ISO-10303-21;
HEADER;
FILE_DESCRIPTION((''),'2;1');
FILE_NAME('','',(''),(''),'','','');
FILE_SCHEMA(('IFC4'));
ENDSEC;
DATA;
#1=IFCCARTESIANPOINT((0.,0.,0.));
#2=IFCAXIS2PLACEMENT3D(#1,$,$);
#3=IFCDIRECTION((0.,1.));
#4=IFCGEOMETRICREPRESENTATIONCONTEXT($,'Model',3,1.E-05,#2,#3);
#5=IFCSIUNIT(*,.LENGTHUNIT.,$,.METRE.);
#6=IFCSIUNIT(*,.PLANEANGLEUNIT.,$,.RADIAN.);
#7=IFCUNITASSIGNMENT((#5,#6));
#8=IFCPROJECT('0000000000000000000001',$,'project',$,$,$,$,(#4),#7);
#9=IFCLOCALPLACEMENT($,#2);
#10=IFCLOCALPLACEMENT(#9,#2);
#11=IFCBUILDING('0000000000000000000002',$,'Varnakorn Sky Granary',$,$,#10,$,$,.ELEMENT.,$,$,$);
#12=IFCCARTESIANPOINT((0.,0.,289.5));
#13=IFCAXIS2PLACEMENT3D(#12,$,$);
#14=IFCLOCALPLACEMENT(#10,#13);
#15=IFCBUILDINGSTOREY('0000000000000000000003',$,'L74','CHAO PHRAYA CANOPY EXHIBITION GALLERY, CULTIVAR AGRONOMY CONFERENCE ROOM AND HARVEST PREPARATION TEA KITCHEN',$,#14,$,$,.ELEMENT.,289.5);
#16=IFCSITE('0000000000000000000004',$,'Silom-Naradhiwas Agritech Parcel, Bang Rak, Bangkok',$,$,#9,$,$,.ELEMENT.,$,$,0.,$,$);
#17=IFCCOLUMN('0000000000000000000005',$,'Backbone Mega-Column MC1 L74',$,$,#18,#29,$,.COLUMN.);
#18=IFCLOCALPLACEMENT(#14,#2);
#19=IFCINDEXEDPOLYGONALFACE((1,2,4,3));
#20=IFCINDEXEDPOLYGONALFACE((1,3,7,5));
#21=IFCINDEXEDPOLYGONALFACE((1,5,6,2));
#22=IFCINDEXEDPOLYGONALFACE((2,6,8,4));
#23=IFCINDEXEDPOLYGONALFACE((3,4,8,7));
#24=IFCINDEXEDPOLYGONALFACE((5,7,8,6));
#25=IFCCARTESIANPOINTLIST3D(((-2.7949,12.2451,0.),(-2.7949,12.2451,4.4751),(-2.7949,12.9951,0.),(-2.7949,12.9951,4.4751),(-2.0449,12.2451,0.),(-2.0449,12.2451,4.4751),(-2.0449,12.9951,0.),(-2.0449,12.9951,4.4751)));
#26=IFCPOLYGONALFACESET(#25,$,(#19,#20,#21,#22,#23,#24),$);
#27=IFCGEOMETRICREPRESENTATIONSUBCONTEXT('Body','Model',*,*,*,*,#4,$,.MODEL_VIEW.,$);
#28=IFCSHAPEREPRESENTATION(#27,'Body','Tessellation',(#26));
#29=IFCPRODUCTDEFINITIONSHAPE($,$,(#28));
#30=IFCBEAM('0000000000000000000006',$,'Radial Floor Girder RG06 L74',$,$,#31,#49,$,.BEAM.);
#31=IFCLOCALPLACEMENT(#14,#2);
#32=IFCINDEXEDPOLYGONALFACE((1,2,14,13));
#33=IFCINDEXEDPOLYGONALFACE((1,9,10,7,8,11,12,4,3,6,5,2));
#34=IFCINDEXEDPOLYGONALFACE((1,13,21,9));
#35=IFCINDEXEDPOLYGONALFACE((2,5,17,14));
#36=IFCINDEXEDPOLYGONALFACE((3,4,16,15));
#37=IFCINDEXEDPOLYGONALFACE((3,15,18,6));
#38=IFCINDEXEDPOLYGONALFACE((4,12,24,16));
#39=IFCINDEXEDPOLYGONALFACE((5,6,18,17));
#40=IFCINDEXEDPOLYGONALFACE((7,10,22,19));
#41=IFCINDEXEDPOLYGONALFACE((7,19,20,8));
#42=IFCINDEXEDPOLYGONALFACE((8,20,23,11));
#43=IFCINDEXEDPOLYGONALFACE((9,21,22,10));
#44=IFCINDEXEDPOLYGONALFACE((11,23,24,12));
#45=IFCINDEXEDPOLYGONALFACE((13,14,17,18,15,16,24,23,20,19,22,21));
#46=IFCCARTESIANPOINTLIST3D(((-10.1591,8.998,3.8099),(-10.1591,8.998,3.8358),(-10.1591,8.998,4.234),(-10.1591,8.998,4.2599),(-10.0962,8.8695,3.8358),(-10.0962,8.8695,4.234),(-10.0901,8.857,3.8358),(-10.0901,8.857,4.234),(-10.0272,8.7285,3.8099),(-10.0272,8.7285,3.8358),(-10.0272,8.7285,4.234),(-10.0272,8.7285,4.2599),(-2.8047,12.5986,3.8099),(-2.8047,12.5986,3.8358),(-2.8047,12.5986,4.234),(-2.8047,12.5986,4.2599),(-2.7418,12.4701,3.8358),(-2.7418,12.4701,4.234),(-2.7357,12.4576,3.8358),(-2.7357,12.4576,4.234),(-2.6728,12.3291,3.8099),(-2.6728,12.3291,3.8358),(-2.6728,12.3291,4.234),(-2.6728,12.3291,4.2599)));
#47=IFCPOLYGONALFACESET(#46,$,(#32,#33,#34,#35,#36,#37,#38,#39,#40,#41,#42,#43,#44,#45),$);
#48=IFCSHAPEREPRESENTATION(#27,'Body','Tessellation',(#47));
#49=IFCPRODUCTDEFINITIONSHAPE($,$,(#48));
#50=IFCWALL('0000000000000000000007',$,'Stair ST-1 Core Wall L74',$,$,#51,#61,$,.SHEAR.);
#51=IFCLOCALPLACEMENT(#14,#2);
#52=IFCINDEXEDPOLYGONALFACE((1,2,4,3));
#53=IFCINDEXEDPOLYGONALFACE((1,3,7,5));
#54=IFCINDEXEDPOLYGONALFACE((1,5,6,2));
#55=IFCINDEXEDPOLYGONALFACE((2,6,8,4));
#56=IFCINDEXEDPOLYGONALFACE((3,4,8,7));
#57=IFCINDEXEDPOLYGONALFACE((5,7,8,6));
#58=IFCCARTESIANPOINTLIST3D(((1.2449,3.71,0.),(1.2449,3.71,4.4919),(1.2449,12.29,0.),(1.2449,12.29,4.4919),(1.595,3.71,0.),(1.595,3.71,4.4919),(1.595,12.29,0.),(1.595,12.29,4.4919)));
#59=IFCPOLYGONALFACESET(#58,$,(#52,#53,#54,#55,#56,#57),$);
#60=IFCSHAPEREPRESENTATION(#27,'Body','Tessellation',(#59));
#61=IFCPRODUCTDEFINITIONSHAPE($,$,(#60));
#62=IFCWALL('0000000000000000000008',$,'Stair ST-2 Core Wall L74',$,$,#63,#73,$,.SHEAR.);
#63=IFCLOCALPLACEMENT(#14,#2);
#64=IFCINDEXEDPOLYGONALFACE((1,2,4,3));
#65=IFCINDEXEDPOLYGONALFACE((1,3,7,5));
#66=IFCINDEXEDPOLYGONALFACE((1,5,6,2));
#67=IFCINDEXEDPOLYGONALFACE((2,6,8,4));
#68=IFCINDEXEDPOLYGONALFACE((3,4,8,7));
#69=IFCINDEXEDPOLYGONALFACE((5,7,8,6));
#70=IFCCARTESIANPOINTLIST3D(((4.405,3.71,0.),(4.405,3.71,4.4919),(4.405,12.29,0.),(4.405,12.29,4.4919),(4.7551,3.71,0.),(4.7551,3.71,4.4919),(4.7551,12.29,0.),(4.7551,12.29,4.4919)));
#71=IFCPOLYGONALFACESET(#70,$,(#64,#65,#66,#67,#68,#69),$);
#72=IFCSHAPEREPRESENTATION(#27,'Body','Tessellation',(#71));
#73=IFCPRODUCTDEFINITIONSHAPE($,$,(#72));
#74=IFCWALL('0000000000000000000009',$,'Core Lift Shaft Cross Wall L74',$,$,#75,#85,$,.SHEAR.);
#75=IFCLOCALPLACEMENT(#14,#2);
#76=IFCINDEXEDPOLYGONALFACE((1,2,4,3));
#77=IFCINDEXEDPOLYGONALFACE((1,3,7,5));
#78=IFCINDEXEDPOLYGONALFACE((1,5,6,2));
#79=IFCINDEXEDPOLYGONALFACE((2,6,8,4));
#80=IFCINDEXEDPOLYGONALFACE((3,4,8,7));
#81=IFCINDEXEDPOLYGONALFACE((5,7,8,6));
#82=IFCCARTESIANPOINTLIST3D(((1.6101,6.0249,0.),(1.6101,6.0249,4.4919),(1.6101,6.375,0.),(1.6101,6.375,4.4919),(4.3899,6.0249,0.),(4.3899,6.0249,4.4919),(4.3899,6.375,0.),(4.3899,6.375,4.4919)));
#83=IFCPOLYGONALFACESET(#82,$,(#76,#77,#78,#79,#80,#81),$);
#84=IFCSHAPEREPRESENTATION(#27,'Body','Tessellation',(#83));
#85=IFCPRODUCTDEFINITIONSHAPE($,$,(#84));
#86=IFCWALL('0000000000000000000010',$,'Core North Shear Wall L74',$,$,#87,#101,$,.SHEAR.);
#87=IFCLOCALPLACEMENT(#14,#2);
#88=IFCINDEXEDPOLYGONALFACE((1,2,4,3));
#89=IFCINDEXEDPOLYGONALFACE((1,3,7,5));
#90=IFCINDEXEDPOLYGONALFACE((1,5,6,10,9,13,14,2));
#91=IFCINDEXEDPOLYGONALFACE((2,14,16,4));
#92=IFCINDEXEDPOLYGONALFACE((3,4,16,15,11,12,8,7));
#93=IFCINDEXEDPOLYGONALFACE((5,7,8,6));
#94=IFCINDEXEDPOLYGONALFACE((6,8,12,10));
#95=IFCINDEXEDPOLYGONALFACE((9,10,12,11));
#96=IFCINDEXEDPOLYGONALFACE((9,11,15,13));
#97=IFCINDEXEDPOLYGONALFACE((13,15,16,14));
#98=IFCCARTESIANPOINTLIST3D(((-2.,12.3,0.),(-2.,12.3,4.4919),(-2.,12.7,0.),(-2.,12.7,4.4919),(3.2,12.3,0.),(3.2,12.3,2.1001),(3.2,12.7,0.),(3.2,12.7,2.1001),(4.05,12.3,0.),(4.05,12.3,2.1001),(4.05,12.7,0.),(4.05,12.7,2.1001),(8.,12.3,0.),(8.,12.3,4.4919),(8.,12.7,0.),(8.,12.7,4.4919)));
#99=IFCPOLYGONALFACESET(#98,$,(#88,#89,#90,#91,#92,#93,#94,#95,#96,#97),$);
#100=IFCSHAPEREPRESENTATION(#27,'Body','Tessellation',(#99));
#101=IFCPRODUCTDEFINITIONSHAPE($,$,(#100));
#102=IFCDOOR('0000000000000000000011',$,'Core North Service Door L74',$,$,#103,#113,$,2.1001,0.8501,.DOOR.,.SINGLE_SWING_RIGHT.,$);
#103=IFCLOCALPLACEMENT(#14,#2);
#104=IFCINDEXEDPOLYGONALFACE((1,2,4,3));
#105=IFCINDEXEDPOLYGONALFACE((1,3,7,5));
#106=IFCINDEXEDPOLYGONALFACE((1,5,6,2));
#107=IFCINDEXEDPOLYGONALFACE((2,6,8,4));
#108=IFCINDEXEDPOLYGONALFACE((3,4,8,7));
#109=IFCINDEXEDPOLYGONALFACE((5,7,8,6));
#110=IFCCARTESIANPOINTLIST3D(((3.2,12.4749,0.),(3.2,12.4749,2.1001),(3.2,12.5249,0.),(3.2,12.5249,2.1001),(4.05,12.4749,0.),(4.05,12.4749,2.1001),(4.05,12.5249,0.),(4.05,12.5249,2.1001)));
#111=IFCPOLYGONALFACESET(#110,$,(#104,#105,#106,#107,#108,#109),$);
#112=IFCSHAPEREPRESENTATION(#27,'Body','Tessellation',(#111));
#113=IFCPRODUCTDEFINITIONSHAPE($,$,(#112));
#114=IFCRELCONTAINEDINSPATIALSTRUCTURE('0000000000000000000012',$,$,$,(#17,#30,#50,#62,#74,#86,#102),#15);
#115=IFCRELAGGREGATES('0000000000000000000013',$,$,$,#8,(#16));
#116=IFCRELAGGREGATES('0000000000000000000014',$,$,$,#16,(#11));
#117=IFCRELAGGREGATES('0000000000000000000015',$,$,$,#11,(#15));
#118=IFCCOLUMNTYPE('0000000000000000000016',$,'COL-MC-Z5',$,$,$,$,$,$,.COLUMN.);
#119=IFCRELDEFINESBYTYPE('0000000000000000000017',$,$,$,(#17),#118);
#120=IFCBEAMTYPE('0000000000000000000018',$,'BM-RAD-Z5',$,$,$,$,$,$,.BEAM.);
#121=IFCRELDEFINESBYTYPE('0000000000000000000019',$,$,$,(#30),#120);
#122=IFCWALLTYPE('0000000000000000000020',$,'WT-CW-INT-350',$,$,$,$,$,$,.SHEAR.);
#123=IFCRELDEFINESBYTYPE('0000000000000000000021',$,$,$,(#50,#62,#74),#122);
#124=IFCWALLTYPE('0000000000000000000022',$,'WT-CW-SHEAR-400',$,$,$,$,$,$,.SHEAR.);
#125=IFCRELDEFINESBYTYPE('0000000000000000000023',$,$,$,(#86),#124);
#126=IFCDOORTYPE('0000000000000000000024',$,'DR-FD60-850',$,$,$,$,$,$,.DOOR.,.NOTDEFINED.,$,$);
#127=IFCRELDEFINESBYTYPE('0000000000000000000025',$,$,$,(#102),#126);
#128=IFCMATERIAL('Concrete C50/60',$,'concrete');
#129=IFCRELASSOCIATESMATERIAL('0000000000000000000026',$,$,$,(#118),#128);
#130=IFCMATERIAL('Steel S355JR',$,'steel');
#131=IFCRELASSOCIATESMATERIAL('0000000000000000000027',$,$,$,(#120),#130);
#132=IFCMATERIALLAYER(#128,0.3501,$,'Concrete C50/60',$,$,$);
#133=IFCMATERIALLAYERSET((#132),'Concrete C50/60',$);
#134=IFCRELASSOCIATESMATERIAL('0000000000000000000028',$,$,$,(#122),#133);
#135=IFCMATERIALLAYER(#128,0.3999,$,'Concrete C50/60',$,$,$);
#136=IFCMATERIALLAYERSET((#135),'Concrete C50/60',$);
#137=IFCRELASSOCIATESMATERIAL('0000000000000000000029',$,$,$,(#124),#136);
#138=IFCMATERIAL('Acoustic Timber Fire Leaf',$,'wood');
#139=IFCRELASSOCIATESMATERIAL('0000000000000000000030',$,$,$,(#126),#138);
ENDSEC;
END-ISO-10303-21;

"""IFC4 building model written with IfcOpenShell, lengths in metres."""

from ifc_helpers import new_model, si_unit, direction, frame, frame_2d, origin, origin_2d, place, context, subcontext, project, spatial, rectangle, i_section, extrude, material, layer, layer_set, material_profile, profile_set, type_object, element, fill, save


model = new_model("IFC4")

# Units and contexts
model_context = context("Model", 3, precision=1e-05, world=origin(), true_north=direction((0.0, 1.0)))
body_context = subcontext(model_context, "Body", "Model", "MODEL_VIEW")
ifc_project = project(units=[si_unit("LENGTHUNIT", "METRE"), si_unit("PLANEANGLEUNIT", "RADIAN")], contexts=[model_context])

# Site, building, storey
site_placement = place(None, origin())
site = spatial("IfcSite", under=ifc_project, at=site_placement, Name="Silom-Naradhiwas Agritech Parcel, Bang Rak, Bangkok", CompositionType="ELEMENT", RefElevation=0.0)
building_placement = place(site_placement, origin())
building = spatial("IfcBuilding", under=site, at=building_placement, Name="Varnakorn Sky Granary", CompositionType="ELEMENT")
storey_placement = place(building_placement, frame((0.0, 0.0, 289.5)))
storey = spatial("IfcBuildingStorey", under=building, at=storey_placement, Name="L74", Description="CHAO PHRAYA CANOPY EXHIBITION GALLERY, CULTIVAR AGRONOMY CONFERENCE ROOM AND HARVEST PREPARATION TEA KITCHEN", CompositionType="ELEMENT", Elevation=289.5)

# Column
ifc_material_1 = material(Name="Concrete C50/60", Category="concrete")
ifc_material_profile_1 = material_profile(ifc_material_1, rectangle(XDim=0.75, YDim=0.75, at=origin_2d()), Name="RC 750x750")
ifc_profile_set_1 = profile_set([ifc_material_profile_1], Name="Concrete C50/60")
column_type = type_object("IfcColumnType", Name="COL-MC-Z5", PredefinedType="COLUMN", material=ifc_profile_set_1)
column_placement = place(storey_placement, frame((-2.4199, 12.6201, 0.0), z_axis=(0.0, 0.0, 1.0), x_axis=(1.0, 0.0, 0.0)))
element("IfcColumn", 1, at=column_placement, inside=storey, type_object=column_type, Name="Backbone Mega-Column MC1 L74", PredefinedType="COLUMN", context=body_context, shape_type="SweptSolid", body=[
    extrude(rectangle(XDim=0.75, YDim=0.75, at=origin_2d()), origin(), (0.0, 0.0, 1.0), 4.4751),
])

# Beam
ifc_material_2 = material(Name="Steel S355JR", Category="steel")
ifc_material_profile_2 = material_profile(ifc_material_2, i_section(OverallWidth=0.3, OverallDepth=0.45, WebThickness=0.0139, FlangeThickness=0.0259, at=origin_2d()), Name="HE 450 B")
ifc_profile_set_2 = profile_set([ifc_material_profile_2], Name="Steel S355JR")
beam_type = type_object("IfcBeamType", Name="BM-RAD-Z5", PredefinedType="BEAM", material=ifc_profile_set_2)
beam_placement = place(storey_placement, frame((-2.7388, 12.4639, 4.0349), z_axis=(-0.898135, -0.43972, 0.0), x_axis=(0.43972, -0.898135, 0.0)))
element("IfcBeam", 2, at=beam_placement, inside=storey, type_object=beam_type, Name="Radial Floor Girder RG06 L74", PredefinedType="BEAM", context=body_context, shape_type="SweptSolid", body=[
    extrude(i_section(OverallWidth=0.3, OverallDepth=0.45, WebThickness=0.0139, FlangeThickness=0.0259, at=origin_2d()), origin(), (0.0, 0.0, 1.0), 8.1885),
])

# Walls
ifc_layer_1 = layer(ifc_material_1, 0.3501, Name="Concrete C50/60")
ifc_layer_set_1 = layer_set([ifc_layer_1], Name="Concrete C50/60")
wall_type_1 = type_object("IfcWallType", Name="WT-CW-INT-350", PredefinedType="SHEAR", material=ifc_layer_set_1)
for number, where, z_axis, x_axis, name in (
    (3, (1.4199, 3.71, 0.0), (0.0, 0.0, 1.0), (0.0, 1.0, 0.0), "Stair ST-1 Core Wall L74"),
    (4, (4.5801, 3.71, 0.0), (0.0, 0.0, 1.0), (0.0, 1.0, 0.0), "Stair ST-2 Core Wall L74"),
):
    element("IfcWall", number, at=place(storey_placement, frame(where, z_axis=z_axis, x_axis=x_axis)), inside=storey, type_object=wall_type_1, Name=name, PredefinedType="SHEAR", context=body_context, shape_type="SweptSolid", body=[
        extrude(rectangle(XDim=8.5801, YDim=0.3501, at=frame_2d((4.29, 0.0))), origin(), (0.0, 0.0, 1.0), 4.4919),
    ])
wall_1_placement = place(storey_placement, frame((1.6101, 6.2, 0.0), z_axis=(0.0, 0.0, 1.0), x_axis=(1.0, 0.0, 0.0)))
element("IfcWall", 5, at=wall_1_placement, inside=storey, type_object=wall_type_1, Name="Core Lift Shaft Cross Wall L74", PredefinedType="SHEAR", context=body_context, shape_type="SweptSolid", body=[
    extrude(rectangle(XDim=2.7798, YDim=0.3501, at=frame_2d((1.3899, 0.0))), origin(), (0.0, 0.0, 1.0), 4.4919),
])

# Wall, opening, door
ifc_layer_2 = layer(ifc_material_1, 0.3999, Name="Concrete C50/60")
ifc_layer_set_2 = layer_set([ifc_layer_2], Name="Concrete C50/60")
wall_type_2 = type_object("IfcWallType", Name="WT-CW-SHEAR-400", PredefinedType="SHEAR", material=ifc_layer_set_2)
wall_2_placement = place(storey_placement, frame((-2.0, 12.5, 0.0), z_axis=(0.0, 0.0, 1.0), x_axis=(1.0, 0.0, 0.0)))
wall_2 = element("IfcWall", 6, at=wall_2_placement, inside=storey, type_object=wall_type_2, Name="Core North Shear Wall L74", PredefinedType="SHEAR", context=body_context, shape_type="SweptSolid", body=[
    extrude(rectangle(XDim=10.0, YDim=0.3999, at=frame_2d((5.0, 0.0))), origin(), (0.0, 0.0, 1.0), 4.4919),
])
opening_1_placement = place(wall_2_placement, frame((5.2, 0.0, 0.0)))
opening_1 = element("IfcOpeningElement", 7, at=opening_1_placement, cuts=wall_2, PredefinedType="OPENING", context=body_context, shape_type="SweptSolid", body=[
    extrude(rectangle(XDim=0.8501, YDim=2.1001, at=frame_2d((0.425, 1.05))), frame((0.0, 0.21, 0.0), z_axis=(0.0, -1.0, 0.0), x_axis=(1.0, 0.0, 0.0)), (0.0, 0.0, 1.0), 0.4199),
])
ifc_material_3 = material(Name="Acoustic Timber Fire Leaf", Category="wood")
door_type_1 = type_object("IfcDoorType", Name="DR-FD60-850", OperationType="NOTDEFINED", PredefinedType="DOOR", material=ifc_material_3)
door_1_placement = place(opening_1_placement, origin())
door_1 = element("IfcDoor", 8, at=door_1_placement, inside=storey, type_object=door_type_1, Name="Core North Service Door L74", OperationType="SINGLE_SWING_RIGHT", OverallHeight=2.1001, OverallWidth=0.8501, PredefinedType="DOOR", context=body_context, shape_type="SweptSolid", body=[
    extrude(rectangle(XDim=0.8501, YDim=2.1001, at=frame_2d((0.425, 1.05))), frame((0.0, 0.0249, 0.0), z_axis=(0.0, -1.0, 0.0), x_axis=(1.0, 0.0, 0.0)), (0.0, 0.0, 1.0), 0.05),
])
fill(opening_1, door_1)

save(model, "model.ifc")
